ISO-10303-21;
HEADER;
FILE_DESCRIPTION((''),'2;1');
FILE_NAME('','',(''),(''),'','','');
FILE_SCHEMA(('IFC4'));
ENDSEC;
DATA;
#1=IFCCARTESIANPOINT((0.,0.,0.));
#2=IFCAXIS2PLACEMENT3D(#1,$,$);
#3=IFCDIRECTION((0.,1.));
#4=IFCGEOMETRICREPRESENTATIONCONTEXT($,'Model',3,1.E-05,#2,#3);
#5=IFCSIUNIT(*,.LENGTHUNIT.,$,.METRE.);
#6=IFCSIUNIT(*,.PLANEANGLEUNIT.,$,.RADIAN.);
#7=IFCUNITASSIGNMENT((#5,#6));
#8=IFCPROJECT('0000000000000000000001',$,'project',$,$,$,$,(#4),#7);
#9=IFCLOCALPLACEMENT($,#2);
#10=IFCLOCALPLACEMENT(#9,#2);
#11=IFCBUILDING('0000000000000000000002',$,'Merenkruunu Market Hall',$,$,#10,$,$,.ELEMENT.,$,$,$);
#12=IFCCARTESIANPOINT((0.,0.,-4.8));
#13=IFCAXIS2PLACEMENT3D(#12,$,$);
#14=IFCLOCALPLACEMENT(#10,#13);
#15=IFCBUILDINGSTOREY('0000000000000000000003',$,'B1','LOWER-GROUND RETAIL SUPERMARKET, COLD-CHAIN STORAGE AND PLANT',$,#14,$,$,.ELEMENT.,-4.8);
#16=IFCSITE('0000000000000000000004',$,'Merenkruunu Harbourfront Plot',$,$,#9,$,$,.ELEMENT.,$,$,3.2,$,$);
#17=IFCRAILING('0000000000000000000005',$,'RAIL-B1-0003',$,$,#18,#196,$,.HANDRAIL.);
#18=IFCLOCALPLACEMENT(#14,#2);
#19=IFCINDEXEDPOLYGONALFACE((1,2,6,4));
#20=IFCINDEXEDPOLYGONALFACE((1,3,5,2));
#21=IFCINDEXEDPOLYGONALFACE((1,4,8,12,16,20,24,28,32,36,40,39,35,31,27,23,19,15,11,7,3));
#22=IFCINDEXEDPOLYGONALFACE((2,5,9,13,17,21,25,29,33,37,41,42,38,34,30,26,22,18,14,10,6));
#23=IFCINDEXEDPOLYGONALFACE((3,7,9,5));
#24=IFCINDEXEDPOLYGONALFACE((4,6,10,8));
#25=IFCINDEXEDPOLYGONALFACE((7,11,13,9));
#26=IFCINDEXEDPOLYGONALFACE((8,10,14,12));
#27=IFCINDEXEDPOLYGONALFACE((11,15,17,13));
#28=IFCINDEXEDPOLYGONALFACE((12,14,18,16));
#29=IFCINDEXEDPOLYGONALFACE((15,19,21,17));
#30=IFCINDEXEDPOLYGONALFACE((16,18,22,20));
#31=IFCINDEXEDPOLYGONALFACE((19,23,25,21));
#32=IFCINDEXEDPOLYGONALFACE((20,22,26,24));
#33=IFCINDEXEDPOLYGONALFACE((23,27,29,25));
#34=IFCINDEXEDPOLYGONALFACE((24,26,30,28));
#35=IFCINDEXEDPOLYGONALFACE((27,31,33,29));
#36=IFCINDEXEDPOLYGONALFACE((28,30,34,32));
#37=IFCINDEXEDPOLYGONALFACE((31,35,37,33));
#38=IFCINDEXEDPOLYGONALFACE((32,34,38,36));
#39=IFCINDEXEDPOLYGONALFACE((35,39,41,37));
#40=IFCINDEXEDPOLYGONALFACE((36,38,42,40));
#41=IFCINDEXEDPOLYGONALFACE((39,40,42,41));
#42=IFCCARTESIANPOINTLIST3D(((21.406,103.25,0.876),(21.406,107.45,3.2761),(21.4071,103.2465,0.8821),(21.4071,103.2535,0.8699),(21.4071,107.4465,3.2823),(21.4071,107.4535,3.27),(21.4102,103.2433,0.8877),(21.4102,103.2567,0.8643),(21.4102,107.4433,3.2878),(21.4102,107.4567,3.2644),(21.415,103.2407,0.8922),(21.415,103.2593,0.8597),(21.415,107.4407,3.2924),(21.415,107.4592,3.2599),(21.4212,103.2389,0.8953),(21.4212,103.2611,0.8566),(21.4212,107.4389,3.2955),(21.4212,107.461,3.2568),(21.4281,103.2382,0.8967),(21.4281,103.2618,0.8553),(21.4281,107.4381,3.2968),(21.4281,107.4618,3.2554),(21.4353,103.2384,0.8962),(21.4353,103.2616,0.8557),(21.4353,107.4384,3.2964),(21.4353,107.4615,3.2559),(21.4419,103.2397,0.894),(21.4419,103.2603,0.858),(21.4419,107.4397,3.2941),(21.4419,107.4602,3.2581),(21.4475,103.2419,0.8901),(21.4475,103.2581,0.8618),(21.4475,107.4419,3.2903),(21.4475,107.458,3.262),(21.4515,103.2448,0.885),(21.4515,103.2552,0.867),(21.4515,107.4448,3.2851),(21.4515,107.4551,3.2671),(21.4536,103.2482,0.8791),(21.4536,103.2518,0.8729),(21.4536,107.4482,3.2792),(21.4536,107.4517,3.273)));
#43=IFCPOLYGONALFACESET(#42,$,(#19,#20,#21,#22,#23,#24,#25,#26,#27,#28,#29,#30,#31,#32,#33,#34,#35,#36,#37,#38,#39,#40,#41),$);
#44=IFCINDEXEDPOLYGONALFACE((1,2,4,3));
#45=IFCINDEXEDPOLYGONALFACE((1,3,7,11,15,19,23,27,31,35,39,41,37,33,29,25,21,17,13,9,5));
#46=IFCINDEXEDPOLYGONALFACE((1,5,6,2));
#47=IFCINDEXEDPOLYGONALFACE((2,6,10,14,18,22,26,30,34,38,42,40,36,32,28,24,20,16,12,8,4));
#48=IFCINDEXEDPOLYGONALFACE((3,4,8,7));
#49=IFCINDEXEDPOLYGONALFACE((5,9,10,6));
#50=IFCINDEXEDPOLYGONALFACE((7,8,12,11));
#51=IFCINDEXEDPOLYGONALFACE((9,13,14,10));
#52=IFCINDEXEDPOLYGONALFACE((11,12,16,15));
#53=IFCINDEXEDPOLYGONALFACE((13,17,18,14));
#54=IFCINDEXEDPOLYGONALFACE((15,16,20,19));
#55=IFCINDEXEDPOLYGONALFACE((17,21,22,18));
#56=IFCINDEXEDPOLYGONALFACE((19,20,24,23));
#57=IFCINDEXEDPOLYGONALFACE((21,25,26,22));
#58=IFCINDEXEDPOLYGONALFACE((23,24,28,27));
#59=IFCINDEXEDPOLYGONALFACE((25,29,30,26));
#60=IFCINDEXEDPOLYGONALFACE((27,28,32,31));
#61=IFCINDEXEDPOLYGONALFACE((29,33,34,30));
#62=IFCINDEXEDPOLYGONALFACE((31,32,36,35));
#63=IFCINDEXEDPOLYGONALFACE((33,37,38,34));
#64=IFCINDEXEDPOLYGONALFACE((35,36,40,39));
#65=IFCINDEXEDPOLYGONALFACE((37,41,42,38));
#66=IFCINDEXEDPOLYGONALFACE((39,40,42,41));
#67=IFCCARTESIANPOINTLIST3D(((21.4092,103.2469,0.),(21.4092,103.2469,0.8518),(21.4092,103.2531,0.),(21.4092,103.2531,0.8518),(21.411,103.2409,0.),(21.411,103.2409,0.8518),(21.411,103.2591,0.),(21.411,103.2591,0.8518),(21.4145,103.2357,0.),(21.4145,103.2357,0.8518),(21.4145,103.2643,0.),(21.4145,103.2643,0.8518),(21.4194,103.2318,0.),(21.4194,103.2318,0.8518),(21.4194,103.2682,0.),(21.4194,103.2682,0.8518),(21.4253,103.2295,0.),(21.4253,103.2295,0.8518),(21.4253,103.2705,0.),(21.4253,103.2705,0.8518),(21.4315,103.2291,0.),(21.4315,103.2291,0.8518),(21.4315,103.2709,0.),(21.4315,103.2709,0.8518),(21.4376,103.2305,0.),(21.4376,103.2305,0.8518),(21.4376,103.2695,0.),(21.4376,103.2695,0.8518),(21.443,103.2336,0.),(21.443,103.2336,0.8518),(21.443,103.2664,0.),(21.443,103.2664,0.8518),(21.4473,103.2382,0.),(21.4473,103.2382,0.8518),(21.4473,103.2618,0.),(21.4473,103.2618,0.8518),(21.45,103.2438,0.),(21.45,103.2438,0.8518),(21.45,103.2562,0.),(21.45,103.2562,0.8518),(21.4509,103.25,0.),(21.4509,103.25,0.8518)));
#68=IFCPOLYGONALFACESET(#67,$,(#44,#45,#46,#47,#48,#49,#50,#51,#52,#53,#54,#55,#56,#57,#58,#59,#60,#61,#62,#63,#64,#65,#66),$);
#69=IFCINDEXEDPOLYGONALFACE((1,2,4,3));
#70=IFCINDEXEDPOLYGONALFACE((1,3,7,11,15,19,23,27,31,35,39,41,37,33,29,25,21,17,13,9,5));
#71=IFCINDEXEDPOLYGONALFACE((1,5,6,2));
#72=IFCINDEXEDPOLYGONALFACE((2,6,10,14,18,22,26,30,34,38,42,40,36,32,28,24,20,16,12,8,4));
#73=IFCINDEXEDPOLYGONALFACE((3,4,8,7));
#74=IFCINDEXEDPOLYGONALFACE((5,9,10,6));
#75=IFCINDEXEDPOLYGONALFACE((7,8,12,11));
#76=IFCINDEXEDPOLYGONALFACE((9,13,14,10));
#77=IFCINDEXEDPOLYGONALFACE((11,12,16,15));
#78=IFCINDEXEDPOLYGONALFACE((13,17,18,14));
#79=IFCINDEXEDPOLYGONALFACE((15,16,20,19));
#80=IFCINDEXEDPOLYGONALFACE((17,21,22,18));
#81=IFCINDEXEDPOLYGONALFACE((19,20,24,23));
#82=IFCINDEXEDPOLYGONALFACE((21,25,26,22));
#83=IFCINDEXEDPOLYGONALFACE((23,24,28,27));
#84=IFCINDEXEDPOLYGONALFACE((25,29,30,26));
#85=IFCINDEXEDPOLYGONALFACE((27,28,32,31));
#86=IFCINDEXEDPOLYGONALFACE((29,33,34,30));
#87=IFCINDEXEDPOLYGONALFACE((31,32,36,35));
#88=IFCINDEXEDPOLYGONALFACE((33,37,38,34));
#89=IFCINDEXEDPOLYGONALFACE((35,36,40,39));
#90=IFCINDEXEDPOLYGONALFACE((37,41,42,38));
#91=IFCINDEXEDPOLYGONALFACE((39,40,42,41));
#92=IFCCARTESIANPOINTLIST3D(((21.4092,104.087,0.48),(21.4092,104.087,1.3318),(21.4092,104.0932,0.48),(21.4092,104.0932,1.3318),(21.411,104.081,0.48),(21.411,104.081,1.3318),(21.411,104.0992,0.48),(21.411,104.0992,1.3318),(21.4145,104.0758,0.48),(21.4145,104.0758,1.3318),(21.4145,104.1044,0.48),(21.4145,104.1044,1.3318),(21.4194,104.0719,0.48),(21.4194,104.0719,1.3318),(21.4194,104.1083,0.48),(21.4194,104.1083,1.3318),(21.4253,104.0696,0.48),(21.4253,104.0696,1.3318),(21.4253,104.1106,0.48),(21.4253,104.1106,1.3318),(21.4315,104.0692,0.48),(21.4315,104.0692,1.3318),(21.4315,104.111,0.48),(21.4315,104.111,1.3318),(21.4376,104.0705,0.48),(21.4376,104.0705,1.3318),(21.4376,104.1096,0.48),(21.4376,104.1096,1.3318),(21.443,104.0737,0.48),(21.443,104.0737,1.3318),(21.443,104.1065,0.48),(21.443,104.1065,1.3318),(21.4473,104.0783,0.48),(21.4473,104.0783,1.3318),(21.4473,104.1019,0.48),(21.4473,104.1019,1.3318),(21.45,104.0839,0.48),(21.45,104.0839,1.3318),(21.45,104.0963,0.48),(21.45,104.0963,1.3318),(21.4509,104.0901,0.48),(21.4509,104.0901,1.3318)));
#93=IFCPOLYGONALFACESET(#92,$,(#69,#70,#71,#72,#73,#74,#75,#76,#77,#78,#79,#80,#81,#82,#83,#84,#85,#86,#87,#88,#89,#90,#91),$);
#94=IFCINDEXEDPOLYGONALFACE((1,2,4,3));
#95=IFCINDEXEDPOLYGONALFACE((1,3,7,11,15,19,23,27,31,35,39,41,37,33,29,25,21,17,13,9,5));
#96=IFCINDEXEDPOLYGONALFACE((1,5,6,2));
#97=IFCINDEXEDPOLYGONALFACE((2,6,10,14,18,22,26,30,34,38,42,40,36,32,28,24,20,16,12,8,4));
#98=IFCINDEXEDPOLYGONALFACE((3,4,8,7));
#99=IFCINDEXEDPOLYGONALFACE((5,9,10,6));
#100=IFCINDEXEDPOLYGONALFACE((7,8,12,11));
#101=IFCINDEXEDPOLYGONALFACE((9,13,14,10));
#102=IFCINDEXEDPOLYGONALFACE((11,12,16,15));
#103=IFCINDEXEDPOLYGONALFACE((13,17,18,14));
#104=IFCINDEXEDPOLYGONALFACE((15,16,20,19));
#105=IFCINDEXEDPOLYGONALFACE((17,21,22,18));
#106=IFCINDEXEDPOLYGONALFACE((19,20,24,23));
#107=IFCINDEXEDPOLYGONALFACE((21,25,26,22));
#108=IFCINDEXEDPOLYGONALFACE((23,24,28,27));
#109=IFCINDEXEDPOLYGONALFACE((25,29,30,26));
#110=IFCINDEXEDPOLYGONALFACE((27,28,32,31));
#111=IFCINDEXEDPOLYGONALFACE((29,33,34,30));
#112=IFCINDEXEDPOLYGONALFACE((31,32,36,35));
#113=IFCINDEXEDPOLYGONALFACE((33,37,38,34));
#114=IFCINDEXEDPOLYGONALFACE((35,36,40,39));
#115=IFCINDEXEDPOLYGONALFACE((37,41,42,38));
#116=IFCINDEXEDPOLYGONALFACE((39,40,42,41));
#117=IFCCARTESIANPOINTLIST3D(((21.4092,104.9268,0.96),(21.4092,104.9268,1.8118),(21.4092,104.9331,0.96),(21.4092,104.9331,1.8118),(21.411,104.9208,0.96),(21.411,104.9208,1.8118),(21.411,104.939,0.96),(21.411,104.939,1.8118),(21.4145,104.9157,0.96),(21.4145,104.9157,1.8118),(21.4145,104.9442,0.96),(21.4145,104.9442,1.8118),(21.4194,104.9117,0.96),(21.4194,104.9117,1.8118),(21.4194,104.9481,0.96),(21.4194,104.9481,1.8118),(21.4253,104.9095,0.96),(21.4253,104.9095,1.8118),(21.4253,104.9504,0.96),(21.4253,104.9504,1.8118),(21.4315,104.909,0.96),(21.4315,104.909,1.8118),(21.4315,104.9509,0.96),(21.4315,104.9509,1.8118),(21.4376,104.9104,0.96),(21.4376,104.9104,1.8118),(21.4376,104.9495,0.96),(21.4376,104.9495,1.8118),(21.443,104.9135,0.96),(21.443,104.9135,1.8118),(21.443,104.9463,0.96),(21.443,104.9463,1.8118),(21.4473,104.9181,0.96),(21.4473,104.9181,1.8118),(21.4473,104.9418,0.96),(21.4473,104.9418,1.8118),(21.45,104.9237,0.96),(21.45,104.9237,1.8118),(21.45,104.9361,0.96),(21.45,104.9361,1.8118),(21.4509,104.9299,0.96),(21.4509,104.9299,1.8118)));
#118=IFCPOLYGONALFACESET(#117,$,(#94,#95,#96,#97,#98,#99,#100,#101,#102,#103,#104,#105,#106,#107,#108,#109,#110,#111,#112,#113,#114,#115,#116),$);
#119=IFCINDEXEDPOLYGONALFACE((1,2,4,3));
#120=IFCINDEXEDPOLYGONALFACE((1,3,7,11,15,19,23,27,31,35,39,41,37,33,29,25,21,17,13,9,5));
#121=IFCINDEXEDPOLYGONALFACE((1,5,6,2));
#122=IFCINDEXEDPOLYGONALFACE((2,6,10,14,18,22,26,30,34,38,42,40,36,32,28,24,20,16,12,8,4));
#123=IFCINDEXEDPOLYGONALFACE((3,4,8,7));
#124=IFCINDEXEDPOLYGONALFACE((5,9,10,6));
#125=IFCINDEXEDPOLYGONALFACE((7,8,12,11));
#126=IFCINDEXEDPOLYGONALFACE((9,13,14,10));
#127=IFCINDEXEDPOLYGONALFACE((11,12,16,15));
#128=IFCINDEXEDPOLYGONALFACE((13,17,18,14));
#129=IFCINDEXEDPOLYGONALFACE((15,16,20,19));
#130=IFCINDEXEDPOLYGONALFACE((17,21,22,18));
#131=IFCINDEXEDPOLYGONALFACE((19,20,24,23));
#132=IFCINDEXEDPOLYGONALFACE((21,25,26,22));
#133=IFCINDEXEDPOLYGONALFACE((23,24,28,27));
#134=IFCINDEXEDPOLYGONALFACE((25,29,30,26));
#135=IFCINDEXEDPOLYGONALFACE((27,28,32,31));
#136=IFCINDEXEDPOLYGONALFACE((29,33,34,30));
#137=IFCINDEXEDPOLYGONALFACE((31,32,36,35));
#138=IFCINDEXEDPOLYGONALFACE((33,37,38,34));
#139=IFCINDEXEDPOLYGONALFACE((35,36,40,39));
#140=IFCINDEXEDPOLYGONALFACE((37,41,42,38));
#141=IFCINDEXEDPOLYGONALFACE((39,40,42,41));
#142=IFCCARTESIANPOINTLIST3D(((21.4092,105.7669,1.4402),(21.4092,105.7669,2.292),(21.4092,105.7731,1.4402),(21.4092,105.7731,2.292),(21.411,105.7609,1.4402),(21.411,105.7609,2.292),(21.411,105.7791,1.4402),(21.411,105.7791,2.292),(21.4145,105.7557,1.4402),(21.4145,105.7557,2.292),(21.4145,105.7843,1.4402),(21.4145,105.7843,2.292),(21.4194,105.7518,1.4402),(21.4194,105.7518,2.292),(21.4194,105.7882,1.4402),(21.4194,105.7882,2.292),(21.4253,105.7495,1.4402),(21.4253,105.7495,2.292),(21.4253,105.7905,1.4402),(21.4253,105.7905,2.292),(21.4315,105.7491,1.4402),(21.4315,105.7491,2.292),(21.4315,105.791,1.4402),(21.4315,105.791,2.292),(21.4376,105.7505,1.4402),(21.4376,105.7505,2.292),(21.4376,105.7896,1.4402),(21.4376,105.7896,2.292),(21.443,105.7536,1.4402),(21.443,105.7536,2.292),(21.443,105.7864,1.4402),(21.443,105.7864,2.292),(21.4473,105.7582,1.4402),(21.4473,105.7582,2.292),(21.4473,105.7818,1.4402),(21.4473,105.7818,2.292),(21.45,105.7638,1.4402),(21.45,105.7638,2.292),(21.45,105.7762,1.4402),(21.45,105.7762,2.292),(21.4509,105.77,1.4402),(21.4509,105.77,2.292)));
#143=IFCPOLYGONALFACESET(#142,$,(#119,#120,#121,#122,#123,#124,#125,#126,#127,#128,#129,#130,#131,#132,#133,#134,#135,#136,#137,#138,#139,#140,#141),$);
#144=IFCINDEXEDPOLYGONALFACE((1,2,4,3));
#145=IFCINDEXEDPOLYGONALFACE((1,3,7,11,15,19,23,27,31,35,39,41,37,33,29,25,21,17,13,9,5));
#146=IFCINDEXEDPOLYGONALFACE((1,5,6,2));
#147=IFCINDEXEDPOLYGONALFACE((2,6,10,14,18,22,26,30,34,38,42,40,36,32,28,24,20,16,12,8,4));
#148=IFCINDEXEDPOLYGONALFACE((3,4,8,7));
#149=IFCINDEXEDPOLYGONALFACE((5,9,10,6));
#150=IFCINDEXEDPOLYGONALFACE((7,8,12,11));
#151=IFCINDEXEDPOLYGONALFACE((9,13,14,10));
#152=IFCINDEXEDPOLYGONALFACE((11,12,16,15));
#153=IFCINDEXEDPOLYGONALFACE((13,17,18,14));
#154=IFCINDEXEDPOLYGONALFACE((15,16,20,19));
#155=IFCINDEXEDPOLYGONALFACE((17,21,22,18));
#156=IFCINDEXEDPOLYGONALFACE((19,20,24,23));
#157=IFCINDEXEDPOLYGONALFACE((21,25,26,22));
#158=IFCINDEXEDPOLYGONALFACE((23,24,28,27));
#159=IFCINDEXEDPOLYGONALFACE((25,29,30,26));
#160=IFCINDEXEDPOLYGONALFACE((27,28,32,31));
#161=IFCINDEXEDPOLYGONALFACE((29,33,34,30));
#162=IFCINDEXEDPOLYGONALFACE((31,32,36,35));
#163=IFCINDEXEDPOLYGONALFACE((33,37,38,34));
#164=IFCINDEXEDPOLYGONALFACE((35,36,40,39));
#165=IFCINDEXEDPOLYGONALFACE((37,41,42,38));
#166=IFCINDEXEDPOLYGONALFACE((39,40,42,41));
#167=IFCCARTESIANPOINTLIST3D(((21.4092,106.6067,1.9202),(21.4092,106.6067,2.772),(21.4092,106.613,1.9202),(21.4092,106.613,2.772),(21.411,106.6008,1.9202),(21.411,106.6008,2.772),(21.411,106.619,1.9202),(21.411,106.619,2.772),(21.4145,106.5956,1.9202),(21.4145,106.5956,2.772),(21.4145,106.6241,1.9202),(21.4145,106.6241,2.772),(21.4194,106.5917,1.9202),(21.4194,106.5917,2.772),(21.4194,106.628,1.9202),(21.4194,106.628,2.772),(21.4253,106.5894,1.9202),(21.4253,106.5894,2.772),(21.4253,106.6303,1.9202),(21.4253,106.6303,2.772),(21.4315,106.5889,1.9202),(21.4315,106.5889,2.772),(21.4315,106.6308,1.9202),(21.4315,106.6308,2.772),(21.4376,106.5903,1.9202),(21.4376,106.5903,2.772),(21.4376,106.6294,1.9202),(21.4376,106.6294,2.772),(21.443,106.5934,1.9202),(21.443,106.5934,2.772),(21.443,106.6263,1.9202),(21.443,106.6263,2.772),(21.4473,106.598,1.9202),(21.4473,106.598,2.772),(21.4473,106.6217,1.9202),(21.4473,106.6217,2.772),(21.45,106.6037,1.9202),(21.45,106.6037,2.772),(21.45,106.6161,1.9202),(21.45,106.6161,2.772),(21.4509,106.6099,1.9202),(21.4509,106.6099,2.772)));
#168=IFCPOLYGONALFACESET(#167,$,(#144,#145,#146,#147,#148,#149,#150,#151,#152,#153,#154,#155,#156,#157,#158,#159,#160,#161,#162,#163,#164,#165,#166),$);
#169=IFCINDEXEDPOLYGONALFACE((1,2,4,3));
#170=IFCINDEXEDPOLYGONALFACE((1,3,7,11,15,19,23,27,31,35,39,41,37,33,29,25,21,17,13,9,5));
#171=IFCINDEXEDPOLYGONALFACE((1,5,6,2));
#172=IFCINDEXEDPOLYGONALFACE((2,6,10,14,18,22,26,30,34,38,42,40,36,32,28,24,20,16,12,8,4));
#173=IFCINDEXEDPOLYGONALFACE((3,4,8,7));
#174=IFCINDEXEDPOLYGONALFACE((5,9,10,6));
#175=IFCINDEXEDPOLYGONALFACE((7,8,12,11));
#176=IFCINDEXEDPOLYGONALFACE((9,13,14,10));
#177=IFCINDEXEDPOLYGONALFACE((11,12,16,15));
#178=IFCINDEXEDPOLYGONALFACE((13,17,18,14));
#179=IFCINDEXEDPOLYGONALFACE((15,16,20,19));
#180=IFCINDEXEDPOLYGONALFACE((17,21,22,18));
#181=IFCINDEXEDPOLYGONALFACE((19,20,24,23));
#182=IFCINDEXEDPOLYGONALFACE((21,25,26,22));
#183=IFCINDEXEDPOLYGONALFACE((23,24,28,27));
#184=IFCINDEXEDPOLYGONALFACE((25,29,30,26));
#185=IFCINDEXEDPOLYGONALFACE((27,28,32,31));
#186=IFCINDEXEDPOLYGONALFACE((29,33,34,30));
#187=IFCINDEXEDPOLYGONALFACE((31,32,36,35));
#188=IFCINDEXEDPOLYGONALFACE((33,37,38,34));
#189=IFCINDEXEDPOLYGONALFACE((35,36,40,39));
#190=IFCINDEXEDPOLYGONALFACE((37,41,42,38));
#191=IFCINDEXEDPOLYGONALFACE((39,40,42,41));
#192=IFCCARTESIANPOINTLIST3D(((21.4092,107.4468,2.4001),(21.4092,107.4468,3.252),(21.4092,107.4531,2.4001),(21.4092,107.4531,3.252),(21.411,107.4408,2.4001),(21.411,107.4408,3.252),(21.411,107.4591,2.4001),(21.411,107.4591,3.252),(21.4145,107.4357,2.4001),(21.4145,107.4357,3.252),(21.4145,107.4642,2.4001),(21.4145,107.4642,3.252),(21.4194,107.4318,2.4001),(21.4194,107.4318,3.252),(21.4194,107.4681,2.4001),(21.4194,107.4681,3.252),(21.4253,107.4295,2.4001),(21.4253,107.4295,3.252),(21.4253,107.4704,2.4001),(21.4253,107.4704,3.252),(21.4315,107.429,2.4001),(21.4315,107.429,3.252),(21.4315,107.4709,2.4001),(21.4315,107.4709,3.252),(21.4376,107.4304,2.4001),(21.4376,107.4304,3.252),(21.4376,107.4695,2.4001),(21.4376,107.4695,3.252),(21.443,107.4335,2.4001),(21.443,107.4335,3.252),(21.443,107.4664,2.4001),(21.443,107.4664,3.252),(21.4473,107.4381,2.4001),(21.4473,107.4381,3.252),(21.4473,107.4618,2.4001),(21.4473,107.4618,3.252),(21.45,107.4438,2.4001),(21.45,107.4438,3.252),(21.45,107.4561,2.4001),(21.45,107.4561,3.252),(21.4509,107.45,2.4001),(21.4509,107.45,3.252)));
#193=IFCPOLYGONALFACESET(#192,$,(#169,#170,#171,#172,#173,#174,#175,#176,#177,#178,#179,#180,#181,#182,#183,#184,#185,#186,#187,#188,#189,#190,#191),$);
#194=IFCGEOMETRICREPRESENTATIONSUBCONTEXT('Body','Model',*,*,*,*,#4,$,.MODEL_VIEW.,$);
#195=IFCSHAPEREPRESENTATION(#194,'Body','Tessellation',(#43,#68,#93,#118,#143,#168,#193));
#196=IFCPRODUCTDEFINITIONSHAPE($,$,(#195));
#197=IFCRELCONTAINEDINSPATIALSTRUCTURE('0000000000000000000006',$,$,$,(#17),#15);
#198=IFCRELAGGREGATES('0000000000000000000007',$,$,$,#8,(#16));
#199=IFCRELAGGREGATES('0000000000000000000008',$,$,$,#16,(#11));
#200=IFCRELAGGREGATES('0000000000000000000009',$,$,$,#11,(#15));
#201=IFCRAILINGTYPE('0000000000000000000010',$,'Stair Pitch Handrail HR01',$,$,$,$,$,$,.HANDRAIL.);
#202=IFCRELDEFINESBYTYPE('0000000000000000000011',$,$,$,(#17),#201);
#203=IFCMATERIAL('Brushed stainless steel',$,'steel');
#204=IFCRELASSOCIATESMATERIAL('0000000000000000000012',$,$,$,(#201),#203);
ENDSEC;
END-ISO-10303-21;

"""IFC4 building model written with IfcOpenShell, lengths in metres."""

from ifc_helpers import new_model, si_unit, direction, frame, origin, origin_2d, place, context, subcontext, project, spatial, circle, extrude, material, type_object, element, save


model = new_model("IFC4")

# Units and contexts
model_context = context("Model", 3, precision=1e-05, world=origin(), true_north=direction((0.0, 1.0)))
body_context = subcontext(model_context, "Body", "Model", "MODEL_VIEW")
ifc_project = project(units=[si_unit("LENGTHUNIT", "METRE"), si_unit("PLANEANGLEUNIT", "RADIAN")], contexts=[model_context])

# Site, building, storey
site_placement = place(None, origin())
site = spatial("IfcSite", under=ifc_project, at=site_placement, Name="Merenkruunu Harbourfront Plot", CompositionType="ELEMENT", RefElevation=3.2)
building_placement = place(site_placement, origin())
building = spatial("IfcBuilding", under=site, at=building_placement, Name="Merenkruunu Market Hall", CompositionType="ELEMENT")
storey_placement = place(building_placement, frame((0.0, 0.0, -4.8)))
storey = spatial("IfcBuildingStorey", under=building, at=storey_placement, Name="B1", Description="LOWER-GROUND RETAIL SUPERMARKET, COLD-CHAIN STORAGE AND PLANT", CompositionType="ELEMENT", Elevation=-4.8)

# Railing
ifc_material_1 = material(Name="Brushed stainless steel", Category="steel")
railing_type = type_object("IfcRailingType", Name="Stair Pitch Handrail HR01", PredefinedType="HANDRAIL", material=ifc_material_1)
railing_placement = place(storey_placement, frame((21.4299, 103.25, 0.0)))
element("IfcRailing", 1, at=railing_placement, inside=storey, type_object=railing_type, Name="RAIL-B1-0003", PredefinedType="HANDRAIL", context=body_context, shape_type="SweptSolid", body=[
    extrude(circle(Radius=0.0239, at=origin_2d()), frame((0.0, 0.0, 0.876), z_axis=(0.0, 0.868228, 0.496166), x_axis=(-1.0, 0.0, 0.0)), (0.0, 0.0, 1.0), 4.8374),
    extrude(circle(Radius=0.021, at=origin_2d()), origin(), (0.0, 0.0, 1.0), 0.8518),
    extrude(circle(Radius=0.021, at=origin_2d()), frame((0.0, 0.8401, 0.48)), (0.0, 0.0, 1.0), 0.8518),
    extrude(circle(Radius=0.021, at=origin_2d()), frame((0.0, 1.6799, 0.96)), (0.0, 0.0, 1.0), 0.8518),
    extrude(circle(Radius=0.021, at=origin_2d()), frame((0.0, 2.52, 1.4402)), (0.0, 0.0, 1.0), 0.8518),
    extrude(circle(Radius=0.021, at=origin_2d()), frame((0.0, 3.3599, 1.9202)), (0.0, 0.0, 1.0), 0.8518),
    extrude(circle(Radius=0.021, at=origin_2d()), frame((0.0, 4.2, 2.4001)), (0.0, 0.0, 1.0), 0.8518),
])

save(model, "model.ifc")
